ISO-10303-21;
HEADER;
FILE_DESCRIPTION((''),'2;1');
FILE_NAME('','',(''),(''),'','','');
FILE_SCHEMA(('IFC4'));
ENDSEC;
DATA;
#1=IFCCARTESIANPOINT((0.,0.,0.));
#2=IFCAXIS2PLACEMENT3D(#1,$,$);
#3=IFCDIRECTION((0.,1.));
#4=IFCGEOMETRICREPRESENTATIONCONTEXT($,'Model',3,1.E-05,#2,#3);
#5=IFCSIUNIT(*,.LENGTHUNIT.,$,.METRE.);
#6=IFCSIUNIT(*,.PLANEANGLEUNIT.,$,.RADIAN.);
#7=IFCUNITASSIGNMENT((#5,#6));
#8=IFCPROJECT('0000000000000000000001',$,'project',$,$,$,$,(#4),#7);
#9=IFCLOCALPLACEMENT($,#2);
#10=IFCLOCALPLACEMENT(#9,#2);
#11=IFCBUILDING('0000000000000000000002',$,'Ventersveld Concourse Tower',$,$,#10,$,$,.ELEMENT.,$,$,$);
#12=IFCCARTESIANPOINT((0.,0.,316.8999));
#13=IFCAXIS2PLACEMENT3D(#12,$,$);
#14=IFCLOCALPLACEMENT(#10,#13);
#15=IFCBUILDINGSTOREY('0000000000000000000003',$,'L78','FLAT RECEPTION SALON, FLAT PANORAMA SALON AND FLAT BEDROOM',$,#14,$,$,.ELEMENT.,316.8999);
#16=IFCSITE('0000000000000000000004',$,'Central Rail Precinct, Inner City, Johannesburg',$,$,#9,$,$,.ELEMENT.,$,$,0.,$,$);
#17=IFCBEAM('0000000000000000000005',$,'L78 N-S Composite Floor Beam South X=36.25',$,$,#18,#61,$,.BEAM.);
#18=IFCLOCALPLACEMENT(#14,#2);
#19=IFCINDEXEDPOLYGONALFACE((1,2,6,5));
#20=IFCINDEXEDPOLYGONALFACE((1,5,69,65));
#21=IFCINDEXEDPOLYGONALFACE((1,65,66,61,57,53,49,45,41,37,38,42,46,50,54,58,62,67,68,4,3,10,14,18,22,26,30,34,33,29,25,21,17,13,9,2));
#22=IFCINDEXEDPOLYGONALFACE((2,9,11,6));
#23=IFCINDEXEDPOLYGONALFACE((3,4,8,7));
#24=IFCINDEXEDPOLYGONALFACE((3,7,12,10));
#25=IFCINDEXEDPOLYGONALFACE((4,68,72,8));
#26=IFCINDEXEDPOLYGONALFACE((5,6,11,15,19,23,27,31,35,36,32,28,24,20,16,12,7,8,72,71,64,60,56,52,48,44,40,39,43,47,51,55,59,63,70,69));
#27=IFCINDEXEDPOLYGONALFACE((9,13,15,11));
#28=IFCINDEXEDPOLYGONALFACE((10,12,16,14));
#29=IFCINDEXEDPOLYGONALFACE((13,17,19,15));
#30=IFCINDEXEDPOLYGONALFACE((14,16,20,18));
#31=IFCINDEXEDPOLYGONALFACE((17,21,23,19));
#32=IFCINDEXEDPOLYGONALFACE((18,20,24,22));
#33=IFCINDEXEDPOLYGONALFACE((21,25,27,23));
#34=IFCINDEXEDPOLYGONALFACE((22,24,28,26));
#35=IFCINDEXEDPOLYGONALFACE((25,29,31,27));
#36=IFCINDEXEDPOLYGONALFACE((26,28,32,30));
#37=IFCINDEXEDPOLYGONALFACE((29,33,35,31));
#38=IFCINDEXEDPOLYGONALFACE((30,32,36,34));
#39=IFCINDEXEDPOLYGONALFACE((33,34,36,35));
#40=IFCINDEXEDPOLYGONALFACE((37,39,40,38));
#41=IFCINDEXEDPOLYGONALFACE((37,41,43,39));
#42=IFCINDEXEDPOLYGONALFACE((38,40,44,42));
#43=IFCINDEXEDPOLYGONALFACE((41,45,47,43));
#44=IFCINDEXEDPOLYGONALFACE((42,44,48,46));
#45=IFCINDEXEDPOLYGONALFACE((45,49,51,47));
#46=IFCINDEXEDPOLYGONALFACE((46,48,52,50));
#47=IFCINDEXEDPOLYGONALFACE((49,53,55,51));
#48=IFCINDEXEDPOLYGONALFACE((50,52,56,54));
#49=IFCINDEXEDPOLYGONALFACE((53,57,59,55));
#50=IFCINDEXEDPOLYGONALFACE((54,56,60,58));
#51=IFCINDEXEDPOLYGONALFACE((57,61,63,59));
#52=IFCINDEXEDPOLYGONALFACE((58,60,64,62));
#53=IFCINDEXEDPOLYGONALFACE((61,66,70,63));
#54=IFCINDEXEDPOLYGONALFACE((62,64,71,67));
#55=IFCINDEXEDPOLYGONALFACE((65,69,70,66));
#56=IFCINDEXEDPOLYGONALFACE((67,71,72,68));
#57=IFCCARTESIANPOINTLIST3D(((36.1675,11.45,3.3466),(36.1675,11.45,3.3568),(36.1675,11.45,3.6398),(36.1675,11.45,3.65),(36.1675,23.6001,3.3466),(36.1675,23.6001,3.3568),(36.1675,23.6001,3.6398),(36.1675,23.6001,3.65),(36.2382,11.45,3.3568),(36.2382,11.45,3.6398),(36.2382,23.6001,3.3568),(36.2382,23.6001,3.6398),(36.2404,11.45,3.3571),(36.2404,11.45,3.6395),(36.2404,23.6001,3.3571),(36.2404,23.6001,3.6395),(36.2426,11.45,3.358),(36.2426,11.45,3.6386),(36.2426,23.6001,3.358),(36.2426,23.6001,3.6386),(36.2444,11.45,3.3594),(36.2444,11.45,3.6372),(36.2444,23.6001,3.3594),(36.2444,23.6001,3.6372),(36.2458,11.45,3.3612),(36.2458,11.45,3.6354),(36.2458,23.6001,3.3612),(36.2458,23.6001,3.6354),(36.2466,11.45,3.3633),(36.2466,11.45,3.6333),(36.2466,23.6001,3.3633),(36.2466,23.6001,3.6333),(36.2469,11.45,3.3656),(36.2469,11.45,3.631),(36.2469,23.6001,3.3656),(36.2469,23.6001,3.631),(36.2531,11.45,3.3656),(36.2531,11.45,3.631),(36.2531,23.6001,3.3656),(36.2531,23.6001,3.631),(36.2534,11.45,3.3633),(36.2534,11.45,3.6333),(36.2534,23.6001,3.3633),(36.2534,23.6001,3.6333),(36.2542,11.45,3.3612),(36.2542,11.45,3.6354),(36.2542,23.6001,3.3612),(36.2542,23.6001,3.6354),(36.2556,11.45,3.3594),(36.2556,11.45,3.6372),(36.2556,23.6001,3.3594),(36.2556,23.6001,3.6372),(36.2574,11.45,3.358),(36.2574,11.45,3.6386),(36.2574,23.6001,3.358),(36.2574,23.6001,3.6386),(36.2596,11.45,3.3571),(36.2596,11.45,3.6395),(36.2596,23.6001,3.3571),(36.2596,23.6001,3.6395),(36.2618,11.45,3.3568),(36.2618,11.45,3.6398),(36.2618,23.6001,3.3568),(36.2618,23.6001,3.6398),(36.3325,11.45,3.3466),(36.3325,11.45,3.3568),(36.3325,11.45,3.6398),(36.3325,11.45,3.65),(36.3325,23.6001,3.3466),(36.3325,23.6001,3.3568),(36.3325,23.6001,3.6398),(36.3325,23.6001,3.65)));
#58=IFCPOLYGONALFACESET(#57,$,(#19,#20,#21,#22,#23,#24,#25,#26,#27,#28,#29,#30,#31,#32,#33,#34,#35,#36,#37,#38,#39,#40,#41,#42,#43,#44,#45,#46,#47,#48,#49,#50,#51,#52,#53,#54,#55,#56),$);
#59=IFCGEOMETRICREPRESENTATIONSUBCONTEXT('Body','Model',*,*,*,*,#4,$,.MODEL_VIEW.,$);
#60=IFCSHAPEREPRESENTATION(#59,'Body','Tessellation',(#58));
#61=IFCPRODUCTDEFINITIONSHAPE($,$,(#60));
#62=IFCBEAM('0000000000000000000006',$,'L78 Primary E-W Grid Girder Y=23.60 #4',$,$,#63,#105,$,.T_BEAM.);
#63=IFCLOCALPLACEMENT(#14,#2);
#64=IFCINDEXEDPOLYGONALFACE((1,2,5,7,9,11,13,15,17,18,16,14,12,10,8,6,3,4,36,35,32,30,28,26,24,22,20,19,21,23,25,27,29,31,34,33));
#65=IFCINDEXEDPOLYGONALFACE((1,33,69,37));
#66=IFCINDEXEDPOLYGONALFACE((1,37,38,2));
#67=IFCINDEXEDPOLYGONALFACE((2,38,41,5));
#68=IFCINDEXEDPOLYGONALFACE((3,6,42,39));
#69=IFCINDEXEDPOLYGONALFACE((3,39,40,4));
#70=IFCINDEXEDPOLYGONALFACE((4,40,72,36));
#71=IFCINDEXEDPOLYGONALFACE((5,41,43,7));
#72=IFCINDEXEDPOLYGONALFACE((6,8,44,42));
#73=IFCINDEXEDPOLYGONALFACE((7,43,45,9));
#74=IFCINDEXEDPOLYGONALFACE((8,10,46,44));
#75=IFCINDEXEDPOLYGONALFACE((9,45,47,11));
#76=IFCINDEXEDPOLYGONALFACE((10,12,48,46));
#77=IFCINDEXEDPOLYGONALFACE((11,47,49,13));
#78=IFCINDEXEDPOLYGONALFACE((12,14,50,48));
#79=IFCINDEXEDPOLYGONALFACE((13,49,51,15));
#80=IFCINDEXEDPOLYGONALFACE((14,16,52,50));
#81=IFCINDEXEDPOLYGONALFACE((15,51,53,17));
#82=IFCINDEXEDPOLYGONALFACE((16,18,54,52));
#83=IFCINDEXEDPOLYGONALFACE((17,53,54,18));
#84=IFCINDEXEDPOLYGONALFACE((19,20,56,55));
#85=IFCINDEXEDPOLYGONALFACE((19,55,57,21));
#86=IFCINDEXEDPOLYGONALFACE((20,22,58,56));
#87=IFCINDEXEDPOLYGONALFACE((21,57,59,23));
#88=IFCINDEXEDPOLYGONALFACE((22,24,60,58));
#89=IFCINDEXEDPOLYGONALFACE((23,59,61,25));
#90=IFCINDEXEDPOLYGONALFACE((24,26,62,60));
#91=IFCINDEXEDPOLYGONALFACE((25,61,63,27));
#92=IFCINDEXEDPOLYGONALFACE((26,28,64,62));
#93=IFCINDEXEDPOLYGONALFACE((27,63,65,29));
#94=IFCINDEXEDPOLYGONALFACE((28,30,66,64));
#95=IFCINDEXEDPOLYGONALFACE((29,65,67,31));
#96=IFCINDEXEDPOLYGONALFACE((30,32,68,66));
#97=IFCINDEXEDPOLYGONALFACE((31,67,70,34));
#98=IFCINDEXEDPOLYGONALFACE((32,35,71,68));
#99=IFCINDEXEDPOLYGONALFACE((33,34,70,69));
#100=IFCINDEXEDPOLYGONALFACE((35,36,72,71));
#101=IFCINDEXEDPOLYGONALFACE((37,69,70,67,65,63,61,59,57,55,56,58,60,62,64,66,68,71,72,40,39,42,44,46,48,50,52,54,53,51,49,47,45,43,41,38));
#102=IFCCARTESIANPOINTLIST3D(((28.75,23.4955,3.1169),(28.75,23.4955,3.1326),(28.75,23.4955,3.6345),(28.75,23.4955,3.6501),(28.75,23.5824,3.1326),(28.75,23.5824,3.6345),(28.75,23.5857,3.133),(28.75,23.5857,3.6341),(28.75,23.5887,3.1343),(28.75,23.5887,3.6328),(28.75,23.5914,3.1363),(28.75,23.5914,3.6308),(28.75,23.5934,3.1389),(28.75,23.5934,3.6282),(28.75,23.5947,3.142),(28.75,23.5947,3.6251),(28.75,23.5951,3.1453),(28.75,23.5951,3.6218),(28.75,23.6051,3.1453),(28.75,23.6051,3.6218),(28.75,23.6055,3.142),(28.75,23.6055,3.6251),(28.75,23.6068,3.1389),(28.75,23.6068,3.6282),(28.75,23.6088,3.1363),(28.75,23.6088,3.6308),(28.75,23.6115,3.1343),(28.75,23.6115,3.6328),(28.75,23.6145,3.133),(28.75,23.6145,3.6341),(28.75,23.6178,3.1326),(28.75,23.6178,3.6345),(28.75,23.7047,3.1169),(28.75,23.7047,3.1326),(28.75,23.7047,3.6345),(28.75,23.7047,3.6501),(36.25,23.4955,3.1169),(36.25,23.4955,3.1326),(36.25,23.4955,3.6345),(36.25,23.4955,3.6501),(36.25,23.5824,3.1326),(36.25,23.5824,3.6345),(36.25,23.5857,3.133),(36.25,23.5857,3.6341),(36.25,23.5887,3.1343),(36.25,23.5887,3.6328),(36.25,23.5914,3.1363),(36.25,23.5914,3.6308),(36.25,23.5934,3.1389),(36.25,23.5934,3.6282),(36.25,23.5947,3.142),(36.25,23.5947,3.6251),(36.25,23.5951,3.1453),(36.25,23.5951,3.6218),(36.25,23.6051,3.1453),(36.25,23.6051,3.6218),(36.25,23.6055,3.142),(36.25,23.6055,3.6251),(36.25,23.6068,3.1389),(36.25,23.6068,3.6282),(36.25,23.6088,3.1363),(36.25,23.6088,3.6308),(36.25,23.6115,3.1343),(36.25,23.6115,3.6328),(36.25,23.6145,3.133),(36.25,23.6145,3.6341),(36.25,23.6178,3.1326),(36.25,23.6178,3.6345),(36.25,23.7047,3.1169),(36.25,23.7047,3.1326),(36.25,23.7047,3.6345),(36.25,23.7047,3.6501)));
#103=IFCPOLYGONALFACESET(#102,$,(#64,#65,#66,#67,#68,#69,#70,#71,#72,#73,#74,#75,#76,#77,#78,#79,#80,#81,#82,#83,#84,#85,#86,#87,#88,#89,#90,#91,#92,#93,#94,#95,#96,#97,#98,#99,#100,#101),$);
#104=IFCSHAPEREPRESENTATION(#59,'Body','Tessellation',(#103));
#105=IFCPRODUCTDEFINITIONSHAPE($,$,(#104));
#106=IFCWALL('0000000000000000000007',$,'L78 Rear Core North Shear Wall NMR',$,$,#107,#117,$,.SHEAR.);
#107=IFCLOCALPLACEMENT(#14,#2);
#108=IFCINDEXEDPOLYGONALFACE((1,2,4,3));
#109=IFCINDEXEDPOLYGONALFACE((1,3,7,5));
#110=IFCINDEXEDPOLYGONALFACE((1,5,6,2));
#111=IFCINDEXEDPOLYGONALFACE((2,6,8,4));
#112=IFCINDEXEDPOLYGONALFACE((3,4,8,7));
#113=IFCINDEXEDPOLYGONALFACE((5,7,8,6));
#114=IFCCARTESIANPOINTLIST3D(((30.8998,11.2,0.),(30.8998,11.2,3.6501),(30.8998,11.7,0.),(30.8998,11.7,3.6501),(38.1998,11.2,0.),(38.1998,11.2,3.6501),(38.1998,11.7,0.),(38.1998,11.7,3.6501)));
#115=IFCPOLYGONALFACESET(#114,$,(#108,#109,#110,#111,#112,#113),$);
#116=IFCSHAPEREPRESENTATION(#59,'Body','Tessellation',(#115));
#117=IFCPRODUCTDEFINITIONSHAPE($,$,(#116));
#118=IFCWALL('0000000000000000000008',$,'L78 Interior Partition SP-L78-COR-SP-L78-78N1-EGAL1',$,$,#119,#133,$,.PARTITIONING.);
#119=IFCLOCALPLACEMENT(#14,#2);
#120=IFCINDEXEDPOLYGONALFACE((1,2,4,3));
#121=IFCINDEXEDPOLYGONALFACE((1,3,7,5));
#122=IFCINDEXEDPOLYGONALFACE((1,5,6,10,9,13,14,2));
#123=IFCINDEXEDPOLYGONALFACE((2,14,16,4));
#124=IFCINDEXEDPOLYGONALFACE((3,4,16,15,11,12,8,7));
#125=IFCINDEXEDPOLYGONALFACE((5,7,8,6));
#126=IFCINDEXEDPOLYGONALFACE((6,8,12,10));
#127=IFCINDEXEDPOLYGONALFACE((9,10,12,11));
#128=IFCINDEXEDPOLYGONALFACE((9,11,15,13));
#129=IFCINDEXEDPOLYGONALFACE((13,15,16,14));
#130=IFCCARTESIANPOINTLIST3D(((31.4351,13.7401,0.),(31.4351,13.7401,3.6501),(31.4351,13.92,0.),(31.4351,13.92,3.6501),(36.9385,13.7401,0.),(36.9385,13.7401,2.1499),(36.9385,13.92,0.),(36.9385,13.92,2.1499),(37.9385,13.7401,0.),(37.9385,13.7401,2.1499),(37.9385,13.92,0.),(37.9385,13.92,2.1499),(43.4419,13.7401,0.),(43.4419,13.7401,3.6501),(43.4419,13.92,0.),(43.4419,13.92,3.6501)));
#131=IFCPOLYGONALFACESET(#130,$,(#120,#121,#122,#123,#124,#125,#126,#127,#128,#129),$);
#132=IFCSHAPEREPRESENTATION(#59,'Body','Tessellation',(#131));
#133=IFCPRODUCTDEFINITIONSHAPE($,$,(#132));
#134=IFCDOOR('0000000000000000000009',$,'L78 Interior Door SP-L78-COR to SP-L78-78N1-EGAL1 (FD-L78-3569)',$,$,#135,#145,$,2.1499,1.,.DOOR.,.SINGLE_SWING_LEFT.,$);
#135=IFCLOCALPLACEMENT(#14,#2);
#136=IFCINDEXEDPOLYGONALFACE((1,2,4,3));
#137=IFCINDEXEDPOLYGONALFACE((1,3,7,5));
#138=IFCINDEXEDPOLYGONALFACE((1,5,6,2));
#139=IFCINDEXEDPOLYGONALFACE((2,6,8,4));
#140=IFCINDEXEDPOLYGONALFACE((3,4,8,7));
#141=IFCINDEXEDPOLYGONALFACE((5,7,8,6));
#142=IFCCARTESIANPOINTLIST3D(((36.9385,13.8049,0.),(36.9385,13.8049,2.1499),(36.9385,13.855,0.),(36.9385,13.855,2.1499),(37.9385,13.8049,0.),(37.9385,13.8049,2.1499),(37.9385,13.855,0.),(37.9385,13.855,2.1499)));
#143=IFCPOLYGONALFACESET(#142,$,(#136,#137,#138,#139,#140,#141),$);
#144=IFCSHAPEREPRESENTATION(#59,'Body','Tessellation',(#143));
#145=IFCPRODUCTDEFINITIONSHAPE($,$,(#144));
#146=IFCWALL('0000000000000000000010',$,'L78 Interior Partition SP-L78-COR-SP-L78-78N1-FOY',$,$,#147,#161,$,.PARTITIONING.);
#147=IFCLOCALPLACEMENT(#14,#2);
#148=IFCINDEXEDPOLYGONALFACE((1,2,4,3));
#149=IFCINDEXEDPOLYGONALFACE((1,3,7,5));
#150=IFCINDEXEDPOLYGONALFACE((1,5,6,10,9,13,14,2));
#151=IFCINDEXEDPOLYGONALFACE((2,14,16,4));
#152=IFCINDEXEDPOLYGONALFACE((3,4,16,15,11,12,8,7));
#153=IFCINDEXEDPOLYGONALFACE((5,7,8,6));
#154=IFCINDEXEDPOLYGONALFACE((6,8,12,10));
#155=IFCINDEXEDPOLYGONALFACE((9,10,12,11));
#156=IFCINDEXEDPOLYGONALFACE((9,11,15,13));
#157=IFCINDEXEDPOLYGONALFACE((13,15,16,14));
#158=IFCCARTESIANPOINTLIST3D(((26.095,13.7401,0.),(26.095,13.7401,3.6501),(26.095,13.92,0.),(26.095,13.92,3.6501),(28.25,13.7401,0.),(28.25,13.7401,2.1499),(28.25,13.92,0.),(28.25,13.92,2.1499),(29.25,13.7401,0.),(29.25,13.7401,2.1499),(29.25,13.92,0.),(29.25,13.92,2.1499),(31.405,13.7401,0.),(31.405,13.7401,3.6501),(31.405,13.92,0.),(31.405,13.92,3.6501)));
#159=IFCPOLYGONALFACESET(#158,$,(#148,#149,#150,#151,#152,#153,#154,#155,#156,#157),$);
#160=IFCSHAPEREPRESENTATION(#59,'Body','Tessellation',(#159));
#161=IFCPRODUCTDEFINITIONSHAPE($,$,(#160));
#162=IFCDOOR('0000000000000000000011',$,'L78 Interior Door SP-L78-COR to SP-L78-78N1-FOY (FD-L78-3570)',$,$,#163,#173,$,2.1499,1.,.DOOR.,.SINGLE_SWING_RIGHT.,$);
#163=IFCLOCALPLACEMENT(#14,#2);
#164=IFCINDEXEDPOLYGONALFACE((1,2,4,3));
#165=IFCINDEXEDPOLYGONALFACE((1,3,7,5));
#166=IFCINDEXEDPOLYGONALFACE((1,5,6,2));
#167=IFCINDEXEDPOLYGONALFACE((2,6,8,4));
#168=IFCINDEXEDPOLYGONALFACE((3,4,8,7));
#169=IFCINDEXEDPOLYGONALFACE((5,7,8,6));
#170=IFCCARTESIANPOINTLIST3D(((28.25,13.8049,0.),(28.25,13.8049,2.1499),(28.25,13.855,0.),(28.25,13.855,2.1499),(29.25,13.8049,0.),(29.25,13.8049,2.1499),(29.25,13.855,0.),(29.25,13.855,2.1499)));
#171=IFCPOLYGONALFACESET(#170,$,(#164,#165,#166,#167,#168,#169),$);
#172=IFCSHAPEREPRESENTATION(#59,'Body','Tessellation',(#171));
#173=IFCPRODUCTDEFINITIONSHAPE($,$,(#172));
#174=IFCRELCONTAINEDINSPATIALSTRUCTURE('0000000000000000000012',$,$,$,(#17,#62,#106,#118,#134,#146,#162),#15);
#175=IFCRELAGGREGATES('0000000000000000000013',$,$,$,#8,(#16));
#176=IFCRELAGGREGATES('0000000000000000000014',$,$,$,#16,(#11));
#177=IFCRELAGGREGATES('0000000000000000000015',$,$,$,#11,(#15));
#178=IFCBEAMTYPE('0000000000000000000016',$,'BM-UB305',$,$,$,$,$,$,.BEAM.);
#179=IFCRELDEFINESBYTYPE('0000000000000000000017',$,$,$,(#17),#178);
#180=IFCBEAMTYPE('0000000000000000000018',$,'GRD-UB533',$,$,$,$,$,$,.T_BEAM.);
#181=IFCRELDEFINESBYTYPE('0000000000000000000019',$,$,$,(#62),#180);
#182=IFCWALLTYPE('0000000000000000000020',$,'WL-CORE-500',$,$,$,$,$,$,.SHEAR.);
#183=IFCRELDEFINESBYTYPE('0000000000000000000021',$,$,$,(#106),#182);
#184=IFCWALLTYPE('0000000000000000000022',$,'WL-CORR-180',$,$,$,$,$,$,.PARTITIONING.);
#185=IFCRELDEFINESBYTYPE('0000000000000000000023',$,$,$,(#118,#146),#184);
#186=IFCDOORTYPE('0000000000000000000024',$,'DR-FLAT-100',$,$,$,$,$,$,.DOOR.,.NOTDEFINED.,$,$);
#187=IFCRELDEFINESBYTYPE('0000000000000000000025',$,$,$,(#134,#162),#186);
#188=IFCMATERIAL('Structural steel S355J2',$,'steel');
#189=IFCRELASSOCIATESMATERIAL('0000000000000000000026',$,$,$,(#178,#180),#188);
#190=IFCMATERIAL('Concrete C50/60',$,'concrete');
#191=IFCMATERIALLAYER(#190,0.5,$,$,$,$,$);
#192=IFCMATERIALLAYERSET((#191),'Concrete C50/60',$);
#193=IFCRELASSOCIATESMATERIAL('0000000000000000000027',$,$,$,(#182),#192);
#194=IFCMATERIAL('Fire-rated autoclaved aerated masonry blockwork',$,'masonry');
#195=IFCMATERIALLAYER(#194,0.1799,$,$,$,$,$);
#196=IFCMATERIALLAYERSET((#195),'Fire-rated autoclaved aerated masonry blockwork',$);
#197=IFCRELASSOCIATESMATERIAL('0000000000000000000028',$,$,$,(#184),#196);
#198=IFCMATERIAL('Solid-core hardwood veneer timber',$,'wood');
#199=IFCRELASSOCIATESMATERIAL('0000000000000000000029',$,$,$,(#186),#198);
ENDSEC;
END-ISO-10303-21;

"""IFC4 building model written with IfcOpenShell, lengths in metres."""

from ifc_helpers import new_model, si_unit, direction, frame, frame_2d, origin, origin_2d, place, context, subcontext, project, spatial, rectangle, i_section, extrude, material, layer, layer_set, material_profile, profile_set, type_object, element, fill, save


model = new_model("IFC4")

# Units and contexts
model_context = context("Model", 3, precision=1e-05, world=origin(), true_north=direction((0.0, 1.0)))
body_context = subcontext(model_context, "Body", "Model", "MODEL_VIEW")
ifc_project = project(units=[si_unit("LENGTHUNIT", "METRE"), si_unit("PLANEANGLEUNIT", "RADIAN")], contexts=[model_context])

# Site, building, storey
site_placement = place(None, origin())
site = spatial("IfcSite", under=ifc_project, at=site_placement, Name="Central Rail Precinct, Inner City, Johannesburg", CompositionType="ELEMENT", RefElevation=0.0)
building_placement = place(site_placement, origin())
building = spatial("IfcBuilding", under=site, at=building_placement, Name="Ventersveld Concourse Tower", CompositionType="ELEMENT")
storey_placement = place(building_placement, frame((0.0, 0.0, 316.8999)))
storey = spatial("IfcBuildingStorey", under=building, at=storey_placement, Name="L78", Description="FLAT RECEPTION SALON, FLAT PANORAMA SALON AND FLAT BEDROOM", CompositionType="ELEMENT", Elevation=316.8999)

# Shared definitions
ifc_material_1 = material(Name="Concrete C50/60", Category="concrete")
ifc_material_2 = material(Name="Structural steel S355J2", Category="steel")

# Beams
ifc_material_profile_1 = material_profile(ifc_material_2, i_section(OverallWidth=0.165, OverallDepth=0.3035, WebThickness=0.0061, FlangeThickness=0.0103, FilletRadius=0.0088, at=origin_2d()), Name="UB 305x165x40")
ifc_profile_set_1 = profile_set([ifc_material_profile_1], Name="Structural steel S355J2")
beam_type_1 = type_object("IfcBeamType", Name="BM-UB305", PredefinedType="BEAM", material=ifc_profile_set_1)
beam_1_placement = place(storey_placement, frame((36.25, 11.45, 3.4983), z_axis=(0.0, 1.0, 0.0), x_axis=(-1.0, 0.0, 0.0)))
element("IfcBeam", 1, at=beam_1_placement, inside=storey, type_object=beam_type_1, Name="L78 N-S Composite Floor Beam South X=36.25", PredefinedType="BEAM", context=body_context, shape_type="SweptSolid", body=[
    extrude(i_section(OverallWidth=0.165, OverallDepth=0.3035, WebThickness=0.0061, FlangeThickness=0.0103, FilletRadius=0.0088, at=origin_2d()), origin(), (0.0, 0.0, 1.0), 12.1501),
])
ifc_material_profile_2 = material_profile(ifc_material_2, i_section(OverallWidth=0.2092, OverallDepth=0.5332, WebThickness=0.01, FlangeThickness=0.0156, FilletRadius=0.0127, at=origin_2d()), Name="UB 533x210x92")
ifc_profile_set_2 = profile_set([ifc_material_profile_2], Name="Structural steel S355J2")
beam_type_2 = type_object("IfcBeamType", Name="GRD-UB533", PredefinedType="T_BEAM", material=ifc_profile_set_2)
beam_2_placement = place(storey_placement, frame((28.75, 23.6001, 3.3835), z_axis=(1.0, 0.0, 0.0), x_axis=(0.0, 1.0, 0.0)))
element("IfcBeam", 2, at=beam_2_placement, inside=storey, type_object=beam_type_2, Name="L78 Primary E-W Grid Girder Y=23.60 #4", PredefinedType="T_BEAM", context=body_context, shape_type="SweptSolid", body=[
    extrude(i_section(OverallWidth=0.2092, OverallDepth=0.5332, WebThickness=0.01, FlangeThickness=0.0156, FilletRadius=0.0127, at=origin_2d()), origin(), (0.0, 0.0, 1.0), 7.5),
])

# Wall
ifc_layer_1 = layer(ifc_material_1, 0.5)
ifc_layer_set_1 = layer_set([ifc_layer_1], Name="Concrete C50/60")
wall_type_1 = type_object("IfcWallType", Name="WL-CORE-500", PredefinedType="SHEAR", material=ifc_layer_set_1)
wall_1_placement = place(storey_placement, frame((30.8999, 11.45, 0.0), z_axis=(0.0, 0.0, 1.0), x_axis=(1.0, 0.0, 0.0)))
element("IfcWall", 3, at=wall_1_placement, inside=storey, type_object=wall_type_1, Name="L78 Rear Core North Shear Wall NMR", PredefinedType="SHEAR", context=body_context, shape_type="SweptSolid", body=[
    extrude(rectangle(XDim=7.3, YDim=0.5, at=frame_2d((3.6499, 0.0))), origin(), (0.0, 0.0, 1.0), 3.6501),
])

# Walls, openings, doors
ifc_material_3 = material(Name="Fire-rated autoclaved aerated masonry blockwork", Category="masonry")
ifc_layer_2 = layer(ifc_material_3, 0.1799)
ifc_layer_set_2 = layer_set([ifc_layer_2], Name="Fire-rated autoclaved aerated masonry blockwork")
wall_type_2 = type_object("IfcWallType", Name="WL-CORR-180", PredefinedType="PARTITIONING", material=ifc_layer_set_2)
wall_2_placement = place(storey_placement, frame((31.4351, 13.8301, 0.0), z_axis=(0.0, 0.0, 1.0), x_axis=(1.0, 0.0, 0.0)))
wall_2 = element("IfcWall", 4, at=wall_2_placement, inside=storey, type_object=wall_type_2, Name="L78 Interior Partition SP-L78-COR-SP-L78-78N1-EGAL1", PredefinedType="PARTITIONING", context=body_context, shape_type="SweptSolid", body=[
    extrude(rectangle(XDim=12.0068, YDim=0.1799, at=frame_2d((6.0034, 0.0))), origin(), (0.0, 0.0, 1.0), 3.6501),
])
opening_1_placement = place(wall_2_placement, frame((5.5034, 0.0, 0.0)))
opening_1 = element("IfcOpeningElement", 5, at=opening_1_placement, cuts=wall_2, PredefinedType="OPENING", context=body_context, shape_type="SweptSolid", body=[
    extrude(rectangle(XDim=1.0, YDim=2.1499, at=frame_2d((0.5, 1.075))), frame((0.0, 0.1001, 0.0), z_axis=(0.0, -1.0, 0.0), x_axis=(1.0, 0.0, 0.0)), (0.0, 0.0, 1.0), 0.2),
])
ifc_material_4 = material(Name="Solid-core hardwood veneer timber", Category="wood")
door_type_1 = type_object("IfcDoorType", Name="DR-FLAT-100", OperationType="NOTDEFINED", PredefinedType="DOOR", material=ifc_material_4)
door_1_placement = place(opening_1_placement, origin())
door_1 = element("IfcDoor", 6, at=door_1_placement, inside=storey, type_object=door_type_1, Name="L78 Interior Door SP-L78-COR to SP-L78-78N1-EGAL1 (FD-L78-3569)", OperationType="SINGLE_SWING_LEFT", OverallHeight=2.1499, OverallWidth=1.0, PredefinedType="DOOR", context=body_context, shape_type="SweptSolid", body=[
    extrude(rectangle(XDim=1.0, YDim=2.1499, at=frame_2d((0.5, 1.075))), frame((0.0, 0.0249, 0.0), z_axis=(0.0, -1.0, 0.0), x_axis=(1.0, 0.0, 0.0)), (0.0, 0.0, 1.0), 0.05),
])
fill(opening_1, door_1)
wall_3_placement = place(storey_placement, frame((26.095, 13.8301, 0.0), z_axis=(0.0, 0.0, 1.0), x_axis=(1.0, 0.0, 0.0)))
wall_3 = element("IfcWall", 7, at=wall_3_placement, inside=storey, type_object=wall_type_2, Name="L78 Interior Partition SP-L78-COR-SP-L78-78N1-FOY", PredefinedType="PARTITIONING", context=body_context, shape_type="SweptSolid", body=[
    extrude(rectangle(XDim=5.3101, YDim=0.1799, at=frame_2d((2.655, 0.0))), origin(), (0.0, 0.0, 1.0), 3.6501),
])
opening_2_placement = place(wall_3_placement, frame((2.155, 0.0, 0.0)))
opening_2 = element("IfcOpeningElement", 8, at=opening_2_placement, cuts=wall_3, PredefinedType="OPENING", context=body_context, shape_type="SweptSolid", body=[
    extrude(rectangle(XDim=1.0, YDim=2.1499, at=frame_2d((0.5, 1.075))), frame((0.0, 0.1001, 0.0), z_axis=(0.0, -1.0, 0.0), x_axis=(1.0, 0.0, 0.0)), (0.0, 0.0, 1.0), 0.2),
])
door_2_placement = place(opening_2_placement, origin())
door_2 = element("IfcDoor", 9, at=door_2_placement, inside=storey, type_object=door_type_1, Name="L78 Interior Door SP-L78-COR to SP-L78-78N1-FOY (FD-L78-3570)", OperationType="SINGLE_SWING_RIGHT", OverallHeight=2.1499, OverallWidth=1.0, PredefinedType="DOOR", context=body_context, shape_type="SweptSolid", body=[
    extrude(rectangle(XDim=1.0, YDim=2.1499, at=frame_2d((0.5, 1.075))), frame((0.0, 0.0249, 0.0), z_axis=(0.0, -1.0, 0.0), x_axis=(1.0, 0.0, 0.0)), (0.0, 0.0, 1.0), 0.05),
])
fill(opening_2, door_2)

save(model, "model.ifc")
